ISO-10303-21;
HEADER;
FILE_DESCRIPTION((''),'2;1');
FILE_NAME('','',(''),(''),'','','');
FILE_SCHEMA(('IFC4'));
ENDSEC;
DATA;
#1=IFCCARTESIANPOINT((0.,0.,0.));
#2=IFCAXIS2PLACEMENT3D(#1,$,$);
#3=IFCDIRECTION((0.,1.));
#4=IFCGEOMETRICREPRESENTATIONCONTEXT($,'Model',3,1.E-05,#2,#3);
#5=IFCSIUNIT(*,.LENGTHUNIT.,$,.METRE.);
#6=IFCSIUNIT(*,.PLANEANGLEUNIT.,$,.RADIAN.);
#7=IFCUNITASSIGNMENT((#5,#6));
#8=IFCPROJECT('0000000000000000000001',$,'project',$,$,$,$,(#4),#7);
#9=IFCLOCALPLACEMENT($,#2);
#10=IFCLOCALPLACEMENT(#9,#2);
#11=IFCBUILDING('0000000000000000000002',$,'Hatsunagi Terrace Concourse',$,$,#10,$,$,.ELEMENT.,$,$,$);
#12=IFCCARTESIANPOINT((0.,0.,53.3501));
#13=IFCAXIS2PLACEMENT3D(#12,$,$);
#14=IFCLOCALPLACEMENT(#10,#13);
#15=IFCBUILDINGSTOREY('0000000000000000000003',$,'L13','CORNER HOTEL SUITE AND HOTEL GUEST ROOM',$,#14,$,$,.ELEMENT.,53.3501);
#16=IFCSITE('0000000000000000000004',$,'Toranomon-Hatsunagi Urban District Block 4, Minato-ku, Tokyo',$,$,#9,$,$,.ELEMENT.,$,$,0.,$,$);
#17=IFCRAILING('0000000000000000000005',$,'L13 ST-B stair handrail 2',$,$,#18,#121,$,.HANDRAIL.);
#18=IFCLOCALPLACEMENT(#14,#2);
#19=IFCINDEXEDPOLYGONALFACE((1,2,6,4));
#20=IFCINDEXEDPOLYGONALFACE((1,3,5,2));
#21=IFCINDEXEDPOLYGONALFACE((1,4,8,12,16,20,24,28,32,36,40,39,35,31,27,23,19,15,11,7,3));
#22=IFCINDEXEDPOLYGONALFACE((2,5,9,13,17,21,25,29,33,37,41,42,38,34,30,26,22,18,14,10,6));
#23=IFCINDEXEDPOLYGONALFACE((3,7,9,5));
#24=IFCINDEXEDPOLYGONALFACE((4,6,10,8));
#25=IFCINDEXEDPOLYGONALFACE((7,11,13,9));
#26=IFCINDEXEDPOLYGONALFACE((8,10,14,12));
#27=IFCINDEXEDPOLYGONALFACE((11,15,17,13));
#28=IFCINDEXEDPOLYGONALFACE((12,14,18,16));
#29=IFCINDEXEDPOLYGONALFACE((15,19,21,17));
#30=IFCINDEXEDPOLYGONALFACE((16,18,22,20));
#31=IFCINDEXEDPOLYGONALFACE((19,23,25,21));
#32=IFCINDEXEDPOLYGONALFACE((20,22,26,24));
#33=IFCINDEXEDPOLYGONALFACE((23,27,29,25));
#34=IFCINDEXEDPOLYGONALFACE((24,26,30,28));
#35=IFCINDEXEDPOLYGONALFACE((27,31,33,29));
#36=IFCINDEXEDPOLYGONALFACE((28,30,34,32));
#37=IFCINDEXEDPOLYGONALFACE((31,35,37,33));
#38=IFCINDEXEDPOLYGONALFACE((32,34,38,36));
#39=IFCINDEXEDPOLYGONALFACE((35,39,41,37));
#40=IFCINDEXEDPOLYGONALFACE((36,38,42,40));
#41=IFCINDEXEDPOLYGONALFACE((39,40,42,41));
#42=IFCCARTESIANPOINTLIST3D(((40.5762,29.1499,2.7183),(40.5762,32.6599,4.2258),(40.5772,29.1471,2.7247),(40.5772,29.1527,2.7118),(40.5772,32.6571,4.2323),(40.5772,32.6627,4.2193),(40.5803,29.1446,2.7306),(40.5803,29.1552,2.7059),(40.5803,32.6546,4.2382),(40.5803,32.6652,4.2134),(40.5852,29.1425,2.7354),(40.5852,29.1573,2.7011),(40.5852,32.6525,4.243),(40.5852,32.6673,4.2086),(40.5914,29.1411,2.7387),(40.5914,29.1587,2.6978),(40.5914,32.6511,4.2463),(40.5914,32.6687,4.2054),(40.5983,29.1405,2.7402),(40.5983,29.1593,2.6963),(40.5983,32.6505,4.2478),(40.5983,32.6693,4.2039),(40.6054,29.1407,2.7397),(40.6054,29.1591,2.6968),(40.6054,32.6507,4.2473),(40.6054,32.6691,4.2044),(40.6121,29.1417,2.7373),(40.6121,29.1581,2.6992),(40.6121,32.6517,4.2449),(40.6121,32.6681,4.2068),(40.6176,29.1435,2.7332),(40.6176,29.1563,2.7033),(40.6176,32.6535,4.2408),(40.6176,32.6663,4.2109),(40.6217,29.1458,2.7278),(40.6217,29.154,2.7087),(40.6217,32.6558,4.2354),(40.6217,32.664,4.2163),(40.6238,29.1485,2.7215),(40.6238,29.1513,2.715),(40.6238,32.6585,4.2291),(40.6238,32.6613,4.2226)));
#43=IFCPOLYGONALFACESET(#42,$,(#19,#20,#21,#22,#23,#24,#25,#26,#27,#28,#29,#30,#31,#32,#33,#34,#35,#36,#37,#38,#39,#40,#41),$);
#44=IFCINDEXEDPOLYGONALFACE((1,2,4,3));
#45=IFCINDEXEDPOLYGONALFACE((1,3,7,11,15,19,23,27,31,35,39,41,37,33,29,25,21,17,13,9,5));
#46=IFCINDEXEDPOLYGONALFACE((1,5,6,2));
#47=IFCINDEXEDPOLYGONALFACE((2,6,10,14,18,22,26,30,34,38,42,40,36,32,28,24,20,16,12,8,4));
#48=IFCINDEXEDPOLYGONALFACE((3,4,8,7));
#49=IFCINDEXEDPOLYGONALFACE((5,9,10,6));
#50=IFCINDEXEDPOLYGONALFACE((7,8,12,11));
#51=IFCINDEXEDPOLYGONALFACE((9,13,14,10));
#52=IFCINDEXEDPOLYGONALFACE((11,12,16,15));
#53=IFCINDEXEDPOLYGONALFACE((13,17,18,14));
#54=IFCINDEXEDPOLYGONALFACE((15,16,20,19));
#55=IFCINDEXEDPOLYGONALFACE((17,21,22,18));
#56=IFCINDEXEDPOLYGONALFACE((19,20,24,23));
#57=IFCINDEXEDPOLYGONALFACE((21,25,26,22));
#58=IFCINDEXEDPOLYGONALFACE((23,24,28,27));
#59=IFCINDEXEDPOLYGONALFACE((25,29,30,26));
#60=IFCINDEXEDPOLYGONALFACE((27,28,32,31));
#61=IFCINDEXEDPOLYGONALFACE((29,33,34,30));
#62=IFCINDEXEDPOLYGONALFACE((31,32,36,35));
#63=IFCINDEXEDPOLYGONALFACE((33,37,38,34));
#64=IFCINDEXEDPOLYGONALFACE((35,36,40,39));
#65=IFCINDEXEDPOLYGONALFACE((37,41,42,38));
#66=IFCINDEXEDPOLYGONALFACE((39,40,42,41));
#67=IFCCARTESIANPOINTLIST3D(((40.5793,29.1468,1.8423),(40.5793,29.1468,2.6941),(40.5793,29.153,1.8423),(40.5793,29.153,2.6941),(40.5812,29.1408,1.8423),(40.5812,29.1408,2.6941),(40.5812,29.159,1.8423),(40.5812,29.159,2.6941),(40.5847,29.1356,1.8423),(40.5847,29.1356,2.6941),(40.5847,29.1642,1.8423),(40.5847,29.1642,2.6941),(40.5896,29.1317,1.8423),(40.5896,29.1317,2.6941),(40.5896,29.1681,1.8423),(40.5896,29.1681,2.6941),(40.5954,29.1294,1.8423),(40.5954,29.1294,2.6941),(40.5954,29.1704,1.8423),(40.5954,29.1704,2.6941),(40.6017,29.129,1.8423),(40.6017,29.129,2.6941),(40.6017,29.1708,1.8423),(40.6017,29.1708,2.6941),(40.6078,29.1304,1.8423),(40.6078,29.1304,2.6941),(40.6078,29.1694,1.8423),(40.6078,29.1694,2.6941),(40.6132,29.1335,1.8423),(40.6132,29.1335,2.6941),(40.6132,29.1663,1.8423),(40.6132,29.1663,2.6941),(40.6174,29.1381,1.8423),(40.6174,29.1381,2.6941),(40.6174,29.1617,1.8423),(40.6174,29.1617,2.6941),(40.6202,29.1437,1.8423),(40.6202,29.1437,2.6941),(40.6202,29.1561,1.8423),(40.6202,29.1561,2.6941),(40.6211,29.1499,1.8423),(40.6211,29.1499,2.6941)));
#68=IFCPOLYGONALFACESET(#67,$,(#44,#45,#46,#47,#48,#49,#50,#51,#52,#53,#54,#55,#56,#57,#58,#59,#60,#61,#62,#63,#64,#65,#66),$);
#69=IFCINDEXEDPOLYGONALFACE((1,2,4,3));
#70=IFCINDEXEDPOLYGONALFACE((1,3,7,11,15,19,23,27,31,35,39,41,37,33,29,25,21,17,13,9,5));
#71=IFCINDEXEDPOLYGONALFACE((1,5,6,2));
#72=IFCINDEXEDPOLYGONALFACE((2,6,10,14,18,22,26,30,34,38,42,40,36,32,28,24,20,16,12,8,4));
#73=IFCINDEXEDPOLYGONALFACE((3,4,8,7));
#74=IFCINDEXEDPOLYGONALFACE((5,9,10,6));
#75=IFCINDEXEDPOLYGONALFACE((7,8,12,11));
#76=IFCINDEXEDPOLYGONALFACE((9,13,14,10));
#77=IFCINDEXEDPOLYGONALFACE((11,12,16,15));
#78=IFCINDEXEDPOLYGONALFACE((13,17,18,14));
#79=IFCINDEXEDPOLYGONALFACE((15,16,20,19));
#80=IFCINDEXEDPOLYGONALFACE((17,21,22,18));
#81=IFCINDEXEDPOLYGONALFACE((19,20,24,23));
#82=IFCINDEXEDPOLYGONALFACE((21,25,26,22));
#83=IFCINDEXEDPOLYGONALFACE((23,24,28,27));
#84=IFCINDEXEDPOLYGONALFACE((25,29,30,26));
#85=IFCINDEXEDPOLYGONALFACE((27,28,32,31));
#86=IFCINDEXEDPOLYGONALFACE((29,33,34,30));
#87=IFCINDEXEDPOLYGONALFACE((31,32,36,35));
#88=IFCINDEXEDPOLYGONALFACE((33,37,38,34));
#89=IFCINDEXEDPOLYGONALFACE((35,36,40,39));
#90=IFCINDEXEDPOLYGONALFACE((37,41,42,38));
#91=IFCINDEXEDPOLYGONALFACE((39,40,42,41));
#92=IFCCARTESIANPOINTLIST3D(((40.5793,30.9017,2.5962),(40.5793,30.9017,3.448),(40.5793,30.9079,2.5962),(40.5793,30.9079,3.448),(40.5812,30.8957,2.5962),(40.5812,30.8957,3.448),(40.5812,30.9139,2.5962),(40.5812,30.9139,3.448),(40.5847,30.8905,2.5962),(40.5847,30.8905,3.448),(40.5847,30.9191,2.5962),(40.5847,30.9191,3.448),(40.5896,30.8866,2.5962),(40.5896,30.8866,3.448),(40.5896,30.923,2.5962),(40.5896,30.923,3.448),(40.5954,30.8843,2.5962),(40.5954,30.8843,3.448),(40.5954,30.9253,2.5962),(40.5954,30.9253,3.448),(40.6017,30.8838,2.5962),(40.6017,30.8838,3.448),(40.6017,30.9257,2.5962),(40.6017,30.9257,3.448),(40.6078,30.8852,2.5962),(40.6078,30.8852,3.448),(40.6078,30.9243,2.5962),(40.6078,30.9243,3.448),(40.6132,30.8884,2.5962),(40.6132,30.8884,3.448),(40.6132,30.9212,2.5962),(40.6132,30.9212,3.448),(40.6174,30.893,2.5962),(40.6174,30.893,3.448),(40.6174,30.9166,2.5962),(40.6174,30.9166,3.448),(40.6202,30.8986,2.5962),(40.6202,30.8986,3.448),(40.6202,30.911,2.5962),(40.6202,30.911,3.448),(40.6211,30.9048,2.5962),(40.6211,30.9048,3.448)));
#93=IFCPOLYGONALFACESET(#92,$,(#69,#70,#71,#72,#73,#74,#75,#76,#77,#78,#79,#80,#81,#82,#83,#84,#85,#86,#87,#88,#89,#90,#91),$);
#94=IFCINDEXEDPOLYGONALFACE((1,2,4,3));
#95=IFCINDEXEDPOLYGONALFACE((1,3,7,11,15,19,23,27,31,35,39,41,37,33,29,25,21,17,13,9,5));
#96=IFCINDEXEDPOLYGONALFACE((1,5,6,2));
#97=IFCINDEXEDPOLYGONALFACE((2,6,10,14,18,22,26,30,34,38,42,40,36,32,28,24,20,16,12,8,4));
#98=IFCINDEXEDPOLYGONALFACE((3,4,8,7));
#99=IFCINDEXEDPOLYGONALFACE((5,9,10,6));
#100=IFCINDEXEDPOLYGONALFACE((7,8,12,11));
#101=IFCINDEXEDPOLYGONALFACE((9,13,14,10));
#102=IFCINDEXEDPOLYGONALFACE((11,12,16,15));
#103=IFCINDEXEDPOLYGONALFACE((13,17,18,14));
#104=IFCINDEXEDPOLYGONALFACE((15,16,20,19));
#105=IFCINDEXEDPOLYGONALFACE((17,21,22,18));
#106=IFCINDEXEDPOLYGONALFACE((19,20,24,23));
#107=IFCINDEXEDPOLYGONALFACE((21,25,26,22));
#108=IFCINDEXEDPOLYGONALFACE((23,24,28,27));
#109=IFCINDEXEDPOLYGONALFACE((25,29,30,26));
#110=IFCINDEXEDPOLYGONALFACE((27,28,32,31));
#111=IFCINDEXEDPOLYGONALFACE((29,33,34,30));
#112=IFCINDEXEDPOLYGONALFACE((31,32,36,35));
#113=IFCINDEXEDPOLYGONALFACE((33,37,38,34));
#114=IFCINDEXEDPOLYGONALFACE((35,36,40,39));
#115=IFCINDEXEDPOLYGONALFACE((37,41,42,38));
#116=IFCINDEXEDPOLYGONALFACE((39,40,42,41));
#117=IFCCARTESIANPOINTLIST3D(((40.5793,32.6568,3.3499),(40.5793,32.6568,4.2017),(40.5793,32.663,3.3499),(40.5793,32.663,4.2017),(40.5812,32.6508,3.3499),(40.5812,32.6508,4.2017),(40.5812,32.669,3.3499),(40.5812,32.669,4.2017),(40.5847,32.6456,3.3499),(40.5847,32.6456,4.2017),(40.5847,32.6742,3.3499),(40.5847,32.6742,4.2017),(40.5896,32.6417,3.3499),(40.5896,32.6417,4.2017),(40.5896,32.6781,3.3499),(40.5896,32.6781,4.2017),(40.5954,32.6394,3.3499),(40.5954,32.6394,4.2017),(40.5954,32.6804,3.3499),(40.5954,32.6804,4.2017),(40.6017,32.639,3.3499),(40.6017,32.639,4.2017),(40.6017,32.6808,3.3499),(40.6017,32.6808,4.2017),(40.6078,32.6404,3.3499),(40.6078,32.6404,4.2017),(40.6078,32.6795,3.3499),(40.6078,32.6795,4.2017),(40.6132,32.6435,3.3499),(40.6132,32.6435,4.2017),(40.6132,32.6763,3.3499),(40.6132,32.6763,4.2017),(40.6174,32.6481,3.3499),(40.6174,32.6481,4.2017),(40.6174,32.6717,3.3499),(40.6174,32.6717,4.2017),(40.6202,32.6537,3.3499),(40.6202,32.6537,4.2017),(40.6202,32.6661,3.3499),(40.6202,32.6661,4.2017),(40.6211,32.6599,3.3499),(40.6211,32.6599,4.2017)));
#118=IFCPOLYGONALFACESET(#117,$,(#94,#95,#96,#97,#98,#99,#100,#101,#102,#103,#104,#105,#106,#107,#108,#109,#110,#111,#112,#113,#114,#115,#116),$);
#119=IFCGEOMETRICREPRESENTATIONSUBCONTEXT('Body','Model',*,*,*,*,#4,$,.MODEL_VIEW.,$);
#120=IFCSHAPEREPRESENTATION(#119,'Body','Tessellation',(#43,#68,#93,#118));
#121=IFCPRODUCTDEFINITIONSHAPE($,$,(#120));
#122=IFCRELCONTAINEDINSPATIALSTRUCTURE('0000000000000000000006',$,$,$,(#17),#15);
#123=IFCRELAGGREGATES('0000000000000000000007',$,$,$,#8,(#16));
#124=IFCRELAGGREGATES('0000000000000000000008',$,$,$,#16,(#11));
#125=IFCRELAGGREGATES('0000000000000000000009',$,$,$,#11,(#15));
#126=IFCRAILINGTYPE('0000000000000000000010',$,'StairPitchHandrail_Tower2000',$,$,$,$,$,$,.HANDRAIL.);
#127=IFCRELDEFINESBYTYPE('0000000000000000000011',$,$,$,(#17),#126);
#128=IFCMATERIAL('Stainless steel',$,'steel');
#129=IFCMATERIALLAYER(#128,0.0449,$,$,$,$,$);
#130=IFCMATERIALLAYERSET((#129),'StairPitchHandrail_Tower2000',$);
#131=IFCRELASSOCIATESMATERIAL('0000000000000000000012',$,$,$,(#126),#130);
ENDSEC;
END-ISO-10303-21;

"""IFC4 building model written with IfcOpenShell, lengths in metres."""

from ifc_helpers import new_model, si_unit, direction, frame, origin, origin_2d, place, context, subcontext, project, spatial, circle, extrude, material, layer, layer_set, type_object, element, save


model = new_model("IFC4")

# Units and contexts
model_context = context("Model", 3, precision=1e-05, world=origin(), true_north=direction((0.0, 1.0)))
body_context = subcontext(model_context, "Body", "Model", "MODEL_VIEW")
ifc_project = project(units=[si_unit("LENGTHUNIT", "METRE"), si_unit("PLANEANGLEUNIT", "RADIAN")], contexts=[model_context])

# Site, building, storey
site_placement = place(None, origin())
site = spatial("IfcSite", under=ifc_project, at=site_placement, Name="Toranomon-Hatsunagi Urban District Block 4, Minato-ku, Tokyo", CompositionType="ELEMENT", RefElevation=0.0)
building_placement = place(site_placement, origin())
building = spatial("IfcBuilding", under=site, at=building_placement, Name="Hatsunagi Terrace Concourse", CompositionType="ELEMENT")
storey_placement = place(building_placement, frame((0.0, 0.0, 53.3501)))
storey = spatial("IfcBuildingStorey", under=building, at=storey_placement, Name="L13", Description="CORNER HOTEL SUITE AND HOTEL GUEST ROOM", CompositionType="ELEMENT", Elevation=53.3501)

# Railing
ifc_material_1 = material(Name="Stainless steel", Category="steel")
ifc_layer_1 = layer(ifc_material_1, 0.0449)
ifc_layer_set_1 = layer_set([ifc_layer_1], Name="StairPitchHandrail_Tower2000")
railing_type_1 = type_object("IfcRailingType", Name="StairPitchHandrail_Tower2000", PredefinedType="HANDRAIL", material=ifc_layer_set_1)
railing_1_placement = place(storey_placement, frame((40.6001, 29.1499, 1.8423)))
element("IfcRailing", 1, at=railing_1_placement, inside=storey, type_object=railing_type_1, Name="L13 ST-B stair handrail 2", PredefinedType="HANDRAIL", context=body_context, shape_type="SweptSolid", body=[
    extrude(circle(Radius=0.0239, at=origin_2d()), frame((0.0, 0.0, 0.876), z_axis=(0.0, 0.918834, 0.394644), x_axis=(-1.0, 0.0, 0.0)), (0.0, 0.0, 1.0), 3.8201),
    extrude(circle(Radius=0.021, at=origin_2d()), origin(), (0.0, 0.0, 1.0), 0.8518),
    extrude(circle(Radius=0.021, at=origin_2d()), frame((0.0, 1.7549, 0.7539)), (0.0, 0.0, 1.0), 0.8518),
    extrude(circle(Radius=0.021, at=origin_2d()), frame((0.0, 3.51, 1.5076)), (0.0, 0.0, 1.0), 0.8518),
])

save(model, "model.ifc")
